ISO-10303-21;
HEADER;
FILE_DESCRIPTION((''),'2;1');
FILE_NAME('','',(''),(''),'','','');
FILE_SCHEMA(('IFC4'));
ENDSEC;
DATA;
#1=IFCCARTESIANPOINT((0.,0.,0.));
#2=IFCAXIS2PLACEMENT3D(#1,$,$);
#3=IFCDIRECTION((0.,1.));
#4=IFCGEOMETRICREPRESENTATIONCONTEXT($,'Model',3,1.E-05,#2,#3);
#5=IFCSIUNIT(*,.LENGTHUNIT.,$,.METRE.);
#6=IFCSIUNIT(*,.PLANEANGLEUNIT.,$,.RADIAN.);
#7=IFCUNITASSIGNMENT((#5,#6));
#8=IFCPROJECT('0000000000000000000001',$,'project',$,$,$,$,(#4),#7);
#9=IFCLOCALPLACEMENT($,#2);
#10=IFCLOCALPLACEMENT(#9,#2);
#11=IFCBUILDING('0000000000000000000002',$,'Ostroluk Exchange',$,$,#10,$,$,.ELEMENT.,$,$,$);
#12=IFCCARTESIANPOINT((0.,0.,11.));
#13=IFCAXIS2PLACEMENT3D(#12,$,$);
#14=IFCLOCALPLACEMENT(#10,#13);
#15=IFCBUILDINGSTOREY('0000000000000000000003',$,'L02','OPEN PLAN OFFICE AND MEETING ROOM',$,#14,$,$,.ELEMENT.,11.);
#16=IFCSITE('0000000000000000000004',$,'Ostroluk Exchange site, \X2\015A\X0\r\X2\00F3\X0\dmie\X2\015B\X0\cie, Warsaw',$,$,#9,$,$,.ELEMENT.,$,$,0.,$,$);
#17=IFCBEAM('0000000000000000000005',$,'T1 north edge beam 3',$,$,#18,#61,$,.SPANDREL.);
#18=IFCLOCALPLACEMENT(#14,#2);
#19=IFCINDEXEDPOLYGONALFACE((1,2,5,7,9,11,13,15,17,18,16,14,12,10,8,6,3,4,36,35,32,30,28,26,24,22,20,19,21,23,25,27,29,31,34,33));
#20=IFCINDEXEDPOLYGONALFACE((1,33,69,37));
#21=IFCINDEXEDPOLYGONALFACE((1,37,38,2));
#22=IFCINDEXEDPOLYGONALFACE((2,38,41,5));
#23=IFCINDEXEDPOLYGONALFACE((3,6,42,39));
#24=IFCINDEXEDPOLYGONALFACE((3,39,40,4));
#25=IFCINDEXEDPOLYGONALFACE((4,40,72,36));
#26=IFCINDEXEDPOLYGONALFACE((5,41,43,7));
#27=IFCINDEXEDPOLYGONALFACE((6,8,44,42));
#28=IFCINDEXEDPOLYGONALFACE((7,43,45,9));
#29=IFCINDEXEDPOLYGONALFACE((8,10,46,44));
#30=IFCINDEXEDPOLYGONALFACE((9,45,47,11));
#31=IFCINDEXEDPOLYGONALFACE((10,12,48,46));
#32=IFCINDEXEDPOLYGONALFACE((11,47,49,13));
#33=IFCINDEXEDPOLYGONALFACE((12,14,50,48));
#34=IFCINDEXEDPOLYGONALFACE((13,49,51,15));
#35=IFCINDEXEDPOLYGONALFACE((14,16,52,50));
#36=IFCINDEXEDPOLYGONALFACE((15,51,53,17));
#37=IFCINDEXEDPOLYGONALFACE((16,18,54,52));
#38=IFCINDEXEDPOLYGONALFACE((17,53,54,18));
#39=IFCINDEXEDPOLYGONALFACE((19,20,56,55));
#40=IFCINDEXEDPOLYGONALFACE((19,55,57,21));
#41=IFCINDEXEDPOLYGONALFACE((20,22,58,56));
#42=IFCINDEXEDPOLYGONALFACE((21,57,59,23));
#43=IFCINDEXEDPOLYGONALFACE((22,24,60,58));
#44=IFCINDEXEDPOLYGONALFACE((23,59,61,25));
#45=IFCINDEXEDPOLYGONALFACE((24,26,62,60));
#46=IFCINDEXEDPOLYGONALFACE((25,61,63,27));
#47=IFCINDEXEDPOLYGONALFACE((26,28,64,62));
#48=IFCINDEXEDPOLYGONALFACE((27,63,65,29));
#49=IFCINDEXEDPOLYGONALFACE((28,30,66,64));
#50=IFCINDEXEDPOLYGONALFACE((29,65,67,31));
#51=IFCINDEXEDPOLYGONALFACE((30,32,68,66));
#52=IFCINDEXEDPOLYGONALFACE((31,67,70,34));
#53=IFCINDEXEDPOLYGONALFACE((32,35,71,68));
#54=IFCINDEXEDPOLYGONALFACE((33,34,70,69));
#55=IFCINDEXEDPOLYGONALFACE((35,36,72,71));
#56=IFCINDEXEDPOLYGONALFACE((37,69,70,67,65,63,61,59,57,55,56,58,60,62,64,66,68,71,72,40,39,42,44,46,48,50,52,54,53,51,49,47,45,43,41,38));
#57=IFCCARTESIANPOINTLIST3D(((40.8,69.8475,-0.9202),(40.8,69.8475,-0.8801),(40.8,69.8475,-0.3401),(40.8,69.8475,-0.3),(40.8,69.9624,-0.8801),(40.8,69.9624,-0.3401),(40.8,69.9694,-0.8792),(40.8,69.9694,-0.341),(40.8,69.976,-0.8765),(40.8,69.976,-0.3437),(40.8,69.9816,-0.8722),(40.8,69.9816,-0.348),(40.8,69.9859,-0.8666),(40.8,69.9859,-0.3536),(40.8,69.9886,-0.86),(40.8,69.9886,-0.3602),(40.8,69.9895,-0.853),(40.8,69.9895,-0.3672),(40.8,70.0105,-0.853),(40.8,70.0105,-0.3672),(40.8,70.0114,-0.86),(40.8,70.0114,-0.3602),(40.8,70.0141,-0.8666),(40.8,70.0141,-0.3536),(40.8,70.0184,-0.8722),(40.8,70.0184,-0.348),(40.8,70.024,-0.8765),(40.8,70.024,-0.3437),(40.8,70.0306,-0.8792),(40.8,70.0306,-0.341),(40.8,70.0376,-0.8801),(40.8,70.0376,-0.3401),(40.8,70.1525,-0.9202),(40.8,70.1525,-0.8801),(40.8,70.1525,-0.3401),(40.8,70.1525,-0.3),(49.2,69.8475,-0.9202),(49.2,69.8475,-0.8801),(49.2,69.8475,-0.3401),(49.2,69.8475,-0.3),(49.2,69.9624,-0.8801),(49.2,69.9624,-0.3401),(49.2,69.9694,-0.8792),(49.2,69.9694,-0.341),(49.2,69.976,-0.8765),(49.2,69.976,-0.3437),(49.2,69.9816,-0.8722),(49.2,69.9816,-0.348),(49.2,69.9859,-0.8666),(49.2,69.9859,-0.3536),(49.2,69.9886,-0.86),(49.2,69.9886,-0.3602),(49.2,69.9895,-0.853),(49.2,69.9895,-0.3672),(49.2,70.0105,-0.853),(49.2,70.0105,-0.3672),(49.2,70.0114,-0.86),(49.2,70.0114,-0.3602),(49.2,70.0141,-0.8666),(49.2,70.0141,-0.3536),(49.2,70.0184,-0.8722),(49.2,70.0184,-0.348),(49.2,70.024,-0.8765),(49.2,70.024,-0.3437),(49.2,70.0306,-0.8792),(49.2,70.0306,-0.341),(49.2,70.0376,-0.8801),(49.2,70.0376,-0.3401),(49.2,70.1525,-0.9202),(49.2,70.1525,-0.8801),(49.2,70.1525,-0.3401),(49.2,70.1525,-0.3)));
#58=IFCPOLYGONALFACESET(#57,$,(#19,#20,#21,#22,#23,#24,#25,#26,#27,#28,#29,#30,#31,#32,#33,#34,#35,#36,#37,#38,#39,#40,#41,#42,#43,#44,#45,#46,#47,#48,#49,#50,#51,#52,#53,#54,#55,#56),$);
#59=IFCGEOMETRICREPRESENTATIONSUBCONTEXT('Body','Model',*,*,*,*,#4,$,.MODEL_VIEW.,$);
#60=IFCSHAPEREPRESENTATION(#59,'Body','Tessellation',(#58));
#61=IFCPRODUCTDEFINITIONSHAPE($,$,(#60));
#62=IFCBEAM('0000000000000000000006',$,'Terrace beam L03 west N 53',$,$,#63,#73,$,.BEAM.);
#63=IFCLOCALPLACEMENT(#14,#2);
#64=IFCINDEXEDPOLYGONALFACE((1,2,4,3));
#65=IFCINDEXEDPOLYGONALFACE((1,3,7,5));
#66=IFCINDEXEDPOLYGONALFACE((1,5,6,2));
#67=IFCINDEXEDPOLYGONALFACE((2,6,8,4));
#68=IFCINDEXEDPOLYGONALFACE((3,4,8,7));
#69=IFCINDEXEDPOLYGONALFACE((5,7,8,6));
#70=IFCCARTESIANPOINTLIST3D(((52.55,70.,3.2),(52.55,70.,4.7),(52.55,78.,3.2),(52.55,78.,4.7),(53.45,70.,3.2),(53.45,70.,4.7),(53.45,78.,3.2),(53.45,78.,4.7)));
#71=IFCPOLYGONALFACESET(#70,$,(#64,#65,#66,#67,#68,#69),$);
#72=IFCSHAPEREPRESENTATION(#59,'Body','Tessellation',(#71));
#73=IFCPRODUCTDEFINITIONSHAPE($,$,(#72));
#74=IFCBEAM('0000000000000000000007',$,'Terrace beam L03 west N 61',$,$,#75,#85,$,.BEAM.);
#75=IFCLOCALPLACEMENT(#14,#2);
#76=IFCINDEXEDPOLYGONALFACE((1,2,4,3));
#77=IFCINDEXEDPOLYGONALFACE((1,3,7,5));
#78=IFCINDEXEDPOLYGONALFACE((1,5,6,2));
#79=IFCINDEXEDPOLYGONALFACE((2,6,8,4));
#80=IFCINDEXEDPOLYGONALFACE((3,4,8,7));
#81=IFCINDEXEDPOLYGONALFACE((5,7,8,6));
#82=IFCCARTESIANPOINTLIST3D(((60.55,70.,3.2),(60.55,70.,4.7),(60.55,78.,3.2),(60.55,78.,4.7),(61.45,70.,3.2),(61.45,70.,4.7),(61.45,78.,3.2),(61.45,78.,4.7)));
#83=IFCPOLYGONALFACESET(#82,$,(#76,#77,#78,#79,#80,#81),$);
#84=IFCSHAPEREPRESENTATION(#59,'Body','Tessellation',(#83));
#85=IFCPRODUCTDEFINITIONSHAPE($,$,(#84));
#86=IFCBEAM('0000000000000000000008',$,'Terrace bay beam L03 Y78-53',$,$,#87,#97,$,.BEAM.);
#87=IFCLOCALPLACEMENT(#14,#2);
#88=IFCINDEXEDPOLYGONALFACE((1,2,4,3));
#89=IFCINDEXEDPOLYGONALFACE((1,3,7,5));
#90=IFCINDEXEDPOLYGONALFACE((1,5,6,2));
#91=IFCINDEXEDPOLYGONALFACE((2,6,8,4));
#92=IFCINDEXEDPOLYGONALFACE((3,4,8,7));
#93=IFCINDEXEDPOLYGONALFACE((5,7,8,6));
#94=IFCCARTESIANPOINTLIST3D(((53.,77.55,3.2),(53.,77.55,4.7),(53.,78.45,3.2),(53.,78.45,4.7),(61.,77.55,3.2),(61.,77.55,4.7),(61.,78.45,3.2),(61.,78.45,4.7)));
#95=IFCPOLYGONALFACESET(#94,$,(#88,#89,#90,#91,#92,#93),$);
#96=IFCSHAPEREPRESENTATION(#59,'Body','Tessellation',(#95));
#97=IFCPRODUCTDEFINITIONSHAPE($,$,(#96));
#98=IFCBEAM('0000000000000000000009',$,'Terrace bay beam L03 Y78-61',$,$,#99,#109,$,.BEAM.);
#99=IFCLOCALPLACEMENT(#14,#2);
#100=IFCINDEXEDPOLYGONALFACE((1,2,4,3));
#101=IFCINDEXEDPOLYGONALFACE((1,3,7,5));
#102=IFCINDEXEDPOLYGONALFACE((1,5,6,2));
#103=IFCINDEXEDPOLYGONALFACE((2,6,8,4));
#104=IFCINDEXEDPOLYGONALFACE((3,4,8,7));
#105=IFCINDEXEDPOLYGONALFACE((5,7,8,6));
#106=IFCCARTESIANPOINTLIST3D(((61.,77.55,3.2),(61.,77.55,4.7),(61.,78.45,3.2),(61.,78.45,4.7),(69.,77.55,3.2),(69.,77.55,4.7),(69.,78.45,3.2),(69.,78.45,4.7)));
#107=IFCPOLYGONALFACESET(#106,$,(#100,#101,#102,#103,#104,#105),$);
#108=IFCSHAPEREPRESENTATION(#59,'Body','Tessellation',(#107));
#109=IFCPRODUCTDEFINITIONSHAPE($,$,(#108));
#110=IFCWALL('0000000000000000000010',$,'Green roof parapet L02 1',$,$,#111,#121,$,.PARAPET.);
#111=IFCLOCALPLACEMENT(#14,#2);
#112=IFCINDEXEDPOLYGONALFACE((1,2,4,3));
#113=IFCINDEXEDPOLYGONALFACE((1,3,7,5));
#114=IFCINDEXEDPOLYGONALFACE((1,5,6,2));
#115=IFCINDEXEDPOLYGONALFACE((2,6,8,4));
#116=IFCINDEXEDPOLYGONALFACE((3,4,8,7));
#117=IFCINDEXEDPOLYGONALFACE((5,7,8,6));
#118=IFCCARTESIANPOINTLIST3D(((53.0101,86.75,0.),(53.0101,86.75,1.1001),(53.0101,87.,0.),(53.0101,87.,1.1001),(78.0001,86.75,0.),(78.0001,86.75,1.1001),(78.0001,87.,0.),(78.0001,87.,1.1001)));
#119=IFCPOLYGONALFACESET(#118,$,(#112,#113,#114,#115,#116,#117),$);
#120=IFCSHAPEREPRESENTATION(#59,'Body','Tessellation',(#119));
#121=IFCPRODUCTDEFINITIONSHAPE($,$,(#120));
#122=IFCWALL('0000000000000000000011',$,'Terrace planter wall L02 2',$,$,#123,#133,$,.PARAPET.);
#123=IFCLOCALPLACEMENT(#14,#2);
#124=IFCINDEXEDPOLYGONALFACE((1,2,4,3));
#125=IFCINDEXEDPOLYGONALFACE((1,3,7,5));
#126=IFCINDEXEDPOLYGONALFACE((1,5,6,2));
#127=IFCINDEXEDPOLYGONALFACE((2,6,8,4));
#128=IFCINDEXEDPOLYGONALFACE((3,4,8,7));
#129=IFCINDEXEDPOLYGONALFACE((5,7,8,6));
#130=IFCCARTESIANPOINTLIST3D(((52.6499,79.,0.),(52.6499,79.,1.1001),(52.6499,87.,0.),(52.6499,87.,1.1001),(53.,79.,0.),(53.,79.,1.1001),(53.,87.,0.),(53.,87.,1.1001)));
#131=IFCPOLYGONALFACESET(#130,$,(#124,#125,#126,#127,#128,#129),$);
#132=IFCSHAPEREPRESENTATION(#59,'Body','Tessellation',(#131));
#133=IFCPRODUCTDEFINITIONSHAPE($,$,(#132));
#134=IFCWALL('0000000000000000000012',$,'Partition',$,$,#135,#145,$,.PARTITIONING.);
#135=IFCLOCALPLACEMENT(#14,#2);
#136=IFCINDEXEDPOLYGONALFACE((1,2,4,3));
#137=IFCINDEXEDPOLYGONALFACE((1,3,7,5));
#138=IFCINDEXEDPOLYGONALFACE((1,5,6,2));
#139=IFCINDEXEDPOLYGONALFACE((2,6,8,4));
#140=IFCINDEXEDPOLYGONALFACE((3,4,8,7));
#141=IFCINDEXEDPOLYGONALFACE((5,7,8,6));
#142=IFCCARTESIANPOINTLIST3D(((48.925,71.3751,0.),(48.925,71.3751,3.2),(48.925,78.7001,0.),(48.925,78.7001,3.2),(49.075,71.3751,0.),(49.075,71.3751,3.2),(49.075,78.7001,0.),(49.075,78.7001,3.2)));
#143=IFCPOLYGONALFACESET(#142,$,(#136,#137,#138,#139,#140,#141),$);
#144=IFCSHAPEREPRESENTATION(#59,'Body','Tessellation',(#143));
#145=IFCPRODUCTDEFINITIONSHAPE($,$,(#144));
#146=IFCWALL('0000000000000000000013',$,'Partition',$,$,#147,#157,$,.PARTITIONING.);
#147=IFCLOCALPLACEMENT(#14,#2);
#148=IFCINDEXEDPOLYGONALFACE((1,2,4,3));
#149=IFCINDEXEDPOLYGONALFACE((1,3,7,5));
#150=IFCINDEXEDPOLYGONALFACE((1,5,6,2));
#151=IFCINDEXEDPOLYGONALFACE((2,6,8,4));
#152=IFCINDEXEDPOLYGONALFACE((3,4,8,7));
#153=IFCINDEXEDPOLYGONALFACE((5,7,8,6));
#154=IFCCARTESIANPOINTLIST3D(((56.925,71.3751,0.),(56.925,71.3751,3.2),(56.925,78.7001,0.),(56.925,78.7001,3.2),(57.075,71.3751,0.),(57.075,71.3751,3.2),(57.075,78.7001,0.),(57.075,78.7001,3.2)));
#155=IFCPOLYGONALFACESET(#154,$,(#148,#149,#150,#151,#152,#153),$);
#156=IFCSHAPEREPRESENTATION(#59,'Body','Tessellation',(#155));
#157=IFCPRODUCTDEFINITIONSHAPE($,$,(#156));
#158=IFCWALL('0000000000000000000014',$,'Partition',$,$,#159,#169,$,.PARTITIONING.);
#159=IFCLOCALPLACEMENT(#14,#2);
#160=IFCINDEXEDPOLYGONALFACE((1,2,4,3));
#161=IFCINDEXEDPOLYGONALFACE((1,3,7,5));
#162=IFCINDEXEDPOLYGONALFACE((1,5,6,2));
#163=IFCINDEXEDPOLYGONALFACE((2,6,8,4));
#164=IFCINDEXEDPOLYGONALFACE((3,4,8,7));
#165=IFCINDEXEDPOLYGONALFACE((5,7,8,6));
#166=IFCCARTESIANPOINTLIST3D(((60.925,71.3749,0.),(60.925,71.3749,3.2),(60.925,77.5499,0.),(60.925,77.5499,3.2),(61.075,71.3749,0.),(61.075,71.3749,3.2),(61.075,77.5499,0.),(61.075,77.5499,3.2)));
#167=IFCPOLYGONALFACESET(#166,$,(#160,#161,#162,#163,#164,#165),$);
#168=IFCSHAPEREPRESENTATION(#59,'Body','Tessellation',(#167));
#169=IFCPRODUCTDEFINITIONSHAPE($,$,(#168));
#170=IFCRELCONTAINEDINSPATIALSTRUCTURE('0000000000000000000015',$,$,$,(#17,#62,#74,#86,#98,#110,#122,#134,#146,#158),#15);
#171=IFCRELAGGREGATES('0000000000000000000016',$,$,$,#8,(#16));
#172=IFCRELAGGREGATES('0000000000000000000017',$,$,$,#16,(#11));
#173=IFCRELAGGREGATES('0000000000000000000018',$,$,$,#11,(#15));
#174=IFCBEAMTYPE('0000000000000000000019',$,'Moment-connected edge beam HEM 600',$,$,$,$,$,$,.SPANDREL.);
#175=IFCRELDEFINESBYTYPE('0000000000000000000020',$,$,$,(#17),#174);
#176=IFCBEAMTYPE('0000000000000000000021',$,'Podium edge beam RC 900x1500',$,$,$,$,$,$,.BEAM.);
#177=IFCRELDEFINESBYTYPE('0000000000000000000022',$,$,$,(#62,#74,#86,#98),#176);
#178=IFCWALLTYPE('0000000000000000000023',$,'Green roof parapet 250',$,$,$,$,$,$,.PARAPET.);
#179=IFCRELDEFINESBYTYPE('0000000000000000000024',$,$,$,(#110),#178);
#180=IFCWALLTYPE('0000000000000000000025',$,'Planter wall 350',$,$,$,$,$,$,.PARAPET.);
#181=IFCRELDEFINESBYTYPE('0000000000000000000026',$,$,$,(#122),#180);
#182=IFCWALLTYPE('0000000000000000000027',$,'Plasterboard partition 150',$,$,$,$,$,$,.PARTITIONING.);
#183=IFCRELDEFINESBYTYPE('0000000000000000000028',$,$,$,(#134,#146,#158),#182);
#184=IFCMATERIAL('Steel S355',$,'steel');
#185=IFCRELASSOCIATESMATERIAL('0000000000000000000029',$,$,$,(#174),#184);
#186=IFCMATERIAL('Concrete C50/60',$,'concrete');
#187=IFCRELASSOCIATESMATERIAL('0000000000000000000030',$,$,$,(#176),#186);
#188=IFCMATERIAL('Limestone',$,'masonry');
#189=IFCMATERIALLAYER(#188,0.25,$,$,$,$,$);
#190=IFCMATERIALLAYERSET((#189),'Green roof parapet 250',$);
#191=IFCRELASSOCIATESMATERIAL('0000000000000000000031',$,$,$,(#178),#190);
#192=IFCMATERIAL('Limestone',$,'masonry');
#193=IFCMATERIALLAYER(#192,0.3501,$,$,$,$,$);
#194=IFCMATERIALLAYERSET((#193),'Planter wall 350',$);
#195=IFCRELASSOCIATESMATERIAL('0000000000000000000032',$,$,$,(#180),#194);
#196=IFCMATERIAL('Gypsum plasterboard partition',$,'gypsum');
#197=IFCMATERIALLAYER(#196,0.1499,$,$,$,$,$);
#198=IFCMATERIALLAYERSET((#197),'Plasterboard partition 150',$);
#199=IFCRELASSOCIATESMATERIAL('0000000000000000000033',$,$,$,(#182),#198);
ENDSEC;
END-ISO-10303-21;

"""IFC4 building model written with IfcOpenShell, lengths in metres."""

from ifc_helpers import new_model, si_unit, direction, frame, frame_2d, origin, origin_2d, place, context, subcontext, project, spatial, rectangle, i_section, extrude, material, layer, layer_set, material_profile, profile_set, type_object, element, save


model = new_model("IFC4")

# Units and contexts
model_context = context("Model", 3, precision=1e-05, world=origin(), true_north=direction((0.0, 1.0)))
body_context = subcontext(model_context, "Body", "Model", "MODEL_VIEW")
ifc_project = project(units=[si_unit("LENGTHUNIT", "METRE"), si_unit("PLANEANGLEUNIT", "RADIAN")], contexts=[model_context])

# Site, building, storey
site_placement = place(None, origin())
site = spatial("IfcSite", under=ifc_project, at=site_placement, Name="Ostroluk Exchange site, Śródmieście, Warsaw", CompositionType="ELEMENT", RefElevation=0.0)
building_placement = place(site_placement, origin())
building = spatial("IfcBuilding", under=site, at=building_placement, Name="Ostroluk Exchange", CompositionType="ELEMENT")
storey_placement = place(building_placement, frame((0.0, 0.0, 11.0)))
storey = spatial("IfcBuildingStorey", under=building, at=storey_placement, Name="L02", Description="OPEN PLAN OFFICE AND MEETING ROOM", CompositionType="ELEMENT", Elevation=11.0)

# Beams
ifc_material_1 = material(Name="Steel S355", Category="steel")
ifc_material_profile_1 = material_profile(ifc_material_1, i_section(OverallWidth=0.3049, OverallDepth=0.6201, WebThickness=0.021, FlangeThickness=0.04, FilletRadius=0.0271, at=origin_2d()), Name="HEM 600")
ifc_profile_set_1 = profile_set([ifc_material_profile_1], Name="Steel S355")
beam_type_1 = type_object("IfcBeamType", Name="Moment-connected edge beam HEM 600", PredefinedType="SPANDREL", material=ifc_profile_set_1)
beam_1_placement = place(storey_placement, frame((49.2, 70.0, -0.6101), z_axis=(-1.0, 0.0, 0.0), x_axis=(0.0, -1.0, 0.0)))
element("IfcBeam", 1, at=beam_1_placement, inside=storey, type_object=beam_type_1, Name="T1 north edge beam 3", PredefinedType="SPANDREL", context=body_context, shape_type="SweptSolid", body=[
    extrude(i_section(OverallWidth=0.3049, OverallDepth=0.6201, WebThickness=0.021, FlangeThickness=0.04, FilletRadius=0.0271, at=origin_2d()), origin(), (0.0, 0.0, 1.0), 8.3999),
])
ifc_material_2 = material(Name="Concrete C50/60", Category="concrete")
ifc_material_profile_2 = material_profile(ifc_material_2, rectangle(XDim=0.8999, YDim=1.5, at=origin_2d()), Name="RC 900x1500")
ifc_profile_set_2 = profile_set([ifc_material_profile_2], Name="Concrete C50/60")
beam_type_2 = type_object("IfcBeamType", Name="Podium edge beam RC 900x1500", PredefinedType="BEAM", material=ifc_profile_set_2)
for number, where, z_axis, x_axis, name in (
    (2, (53.0, 78.0, 3.95), (0.0, -1.0, 0.0), (1.0, 0.0, 0.0), "Terrace beam L03 west N 53"),
    (3, (61.0, 78.0, 3.95), (0.0, -1.0, 0.0), (1.0, 0.0, 0.0), "Terrace beam L03 west N 61"),
    (4, (53.0, 78.0, 3.95), (1.0, 0.0, 0.0), (0.0, 1.0, 0.0), "Terrace bay beam L03 Y78-53"),
    (5, (61.0, 78.0, 3.95), (1.0, 0.0, 0.0), (0.0, 1.0, 0.0), "Terrace bay beam L03 Y78-61"),
):
    element("IfcBeam", number, at=place(storey_placement, frame(where, z_axis=z_axis, x_axis=x_axis)), inside=storey, type_object=beam_type_2, Name=name, PredefinedType="BEAM", context=body_context, shape_type="SweptSolid", body=[
        extrude(rectangle(XDim=0.8999, YDim=1.5, at=origin_2d()), origin(), (0.0, 0.0, 1.0), 8.0),
    ])

# Walls
ifc_material_3 = material(Name="Limestone", Category="masonry")
ifc_layer_1 = layer(ifc_material_3, 0.25)
ifc_layer_set_1 = layer_set([ifc_layer_1], Name="Green roof parapet 250")
wall_type_1 = type_object("IfcWallType", Name="Green roof parapet 250", PredefinedType="PARAPET", material=ifc_layer_set_1)
wall_1_placement = place(storey_placement, frame((53.01, 86.875, 0.0), z_axis=(0.0, 0.0, 1.0), x_axis=(1.0, 0.0, 0.0)))
element("IfcWall", 6, at=wall_1_placement, inside=storey, type_object=wall_type_1, Name="Green roof parapet L02 1", PredefinedType="PARAPET", context=body_context, shape_type="SweptSolid", body=[
    extrude(rectangle(XDim=24.99, YDim=0.25, at=frame_2d((12.4951, 0.0))), origin(), (0.0, 0.0, 1.0), 1.1001),
])
ifc_material_4 = material(Name="Limestone", Category="masonry")
ifc_layer_2 = layer(ifc_material_4, 0.3501)
ifc_layer_set_2 = layer_set([ifc_layer_2], Name="Planter wall 350")
wall_type_2 = type_object("IfcWallType", Name="Planter wall 350", PredefinedType="PARAPET", material=ifc_layer_set_2)
wall_2_placement = place(storey_placement, frame((52.825, 79.0, 0.0), z_axis=(0.0, 0.0, 1.0), x_axis=(0.0, 1.0, 0.0)))
element("IfcWall", 7, at=wall_2_placement, inside=storey, type_object=wall_type_2, Name="Terrace planter wall L02 2", PredefinedType="PARAPET", context=body_context, shape_type="SweptSolid", body=[
    extrude(rectangle(XDim=8.0, YDim=0.3501, at=frame_2d((4.0, 0.0))), origin(), (0.0, 0.0, 1.0), 1.1001),
])
ifc_material_5 = material(Name="Gypsum plasterboard partition", Category="gypsum")
ifc_layer_3 = layer(ifc_material_5, 0.1499)
ifc_layer_set_3 = layer_set([ifc_layer_3], Name="Plasterboard partition 150")
wall_type_3 = type_object("IfcWallType", Name="Plasterboard partition 150", PredefinedType="PARTITIONING", material=ifc_layer_set_3)
for number, where, z_axis, x_axis, name in (
    (8, (49.0, 71.375, 0.0), (0.0, 0.0, 1.0), (0.0, 1.0, 0.0), "Partition"),
    (9, (57.0, 71.375, 0.0), (0.0, 0.0, 1.0), (0.0, 1.0, 0.0), "Partition"),
):
    element("IfcWall", number, at=place(storey_placement, frame(where, z_axis=z_axis, x_axis=x_axis)), inside=storey, type_object=wall_type_3, Name=name, PredefinedType="PARTITIONING", context=body_context, shape_type="SweptSolid", body=[
        extrude(rectangle(XDim=7.325, YDim=0.1499, at=frame_2d((3.6626, 0.0))), origin(), (0.0, 0.0, 1.0), 3.2),
    ])
wall_3_placement = place(storey_placement, frame((61.0, 71.375, 0.0), z_axis=(0.0, 0.0, 1.0), x_axis=(0.0, 1.0, 0.0)))
element("IfcWall", 10, at=wall_3_placement, inside=storey, type_object=wall_type_3, Name="Partition", PredefinedType="PARTITIONING", context=body_context, shape_type="SweptSolid", body=[
    extrude(rectangle(XDim=6.175, YDim=0.1499, at=frame_2d((3.0874, 0.0))), origin(), (0.0, 0.0, 1.0), 3.2),
])

save(model, "model.ifc")
